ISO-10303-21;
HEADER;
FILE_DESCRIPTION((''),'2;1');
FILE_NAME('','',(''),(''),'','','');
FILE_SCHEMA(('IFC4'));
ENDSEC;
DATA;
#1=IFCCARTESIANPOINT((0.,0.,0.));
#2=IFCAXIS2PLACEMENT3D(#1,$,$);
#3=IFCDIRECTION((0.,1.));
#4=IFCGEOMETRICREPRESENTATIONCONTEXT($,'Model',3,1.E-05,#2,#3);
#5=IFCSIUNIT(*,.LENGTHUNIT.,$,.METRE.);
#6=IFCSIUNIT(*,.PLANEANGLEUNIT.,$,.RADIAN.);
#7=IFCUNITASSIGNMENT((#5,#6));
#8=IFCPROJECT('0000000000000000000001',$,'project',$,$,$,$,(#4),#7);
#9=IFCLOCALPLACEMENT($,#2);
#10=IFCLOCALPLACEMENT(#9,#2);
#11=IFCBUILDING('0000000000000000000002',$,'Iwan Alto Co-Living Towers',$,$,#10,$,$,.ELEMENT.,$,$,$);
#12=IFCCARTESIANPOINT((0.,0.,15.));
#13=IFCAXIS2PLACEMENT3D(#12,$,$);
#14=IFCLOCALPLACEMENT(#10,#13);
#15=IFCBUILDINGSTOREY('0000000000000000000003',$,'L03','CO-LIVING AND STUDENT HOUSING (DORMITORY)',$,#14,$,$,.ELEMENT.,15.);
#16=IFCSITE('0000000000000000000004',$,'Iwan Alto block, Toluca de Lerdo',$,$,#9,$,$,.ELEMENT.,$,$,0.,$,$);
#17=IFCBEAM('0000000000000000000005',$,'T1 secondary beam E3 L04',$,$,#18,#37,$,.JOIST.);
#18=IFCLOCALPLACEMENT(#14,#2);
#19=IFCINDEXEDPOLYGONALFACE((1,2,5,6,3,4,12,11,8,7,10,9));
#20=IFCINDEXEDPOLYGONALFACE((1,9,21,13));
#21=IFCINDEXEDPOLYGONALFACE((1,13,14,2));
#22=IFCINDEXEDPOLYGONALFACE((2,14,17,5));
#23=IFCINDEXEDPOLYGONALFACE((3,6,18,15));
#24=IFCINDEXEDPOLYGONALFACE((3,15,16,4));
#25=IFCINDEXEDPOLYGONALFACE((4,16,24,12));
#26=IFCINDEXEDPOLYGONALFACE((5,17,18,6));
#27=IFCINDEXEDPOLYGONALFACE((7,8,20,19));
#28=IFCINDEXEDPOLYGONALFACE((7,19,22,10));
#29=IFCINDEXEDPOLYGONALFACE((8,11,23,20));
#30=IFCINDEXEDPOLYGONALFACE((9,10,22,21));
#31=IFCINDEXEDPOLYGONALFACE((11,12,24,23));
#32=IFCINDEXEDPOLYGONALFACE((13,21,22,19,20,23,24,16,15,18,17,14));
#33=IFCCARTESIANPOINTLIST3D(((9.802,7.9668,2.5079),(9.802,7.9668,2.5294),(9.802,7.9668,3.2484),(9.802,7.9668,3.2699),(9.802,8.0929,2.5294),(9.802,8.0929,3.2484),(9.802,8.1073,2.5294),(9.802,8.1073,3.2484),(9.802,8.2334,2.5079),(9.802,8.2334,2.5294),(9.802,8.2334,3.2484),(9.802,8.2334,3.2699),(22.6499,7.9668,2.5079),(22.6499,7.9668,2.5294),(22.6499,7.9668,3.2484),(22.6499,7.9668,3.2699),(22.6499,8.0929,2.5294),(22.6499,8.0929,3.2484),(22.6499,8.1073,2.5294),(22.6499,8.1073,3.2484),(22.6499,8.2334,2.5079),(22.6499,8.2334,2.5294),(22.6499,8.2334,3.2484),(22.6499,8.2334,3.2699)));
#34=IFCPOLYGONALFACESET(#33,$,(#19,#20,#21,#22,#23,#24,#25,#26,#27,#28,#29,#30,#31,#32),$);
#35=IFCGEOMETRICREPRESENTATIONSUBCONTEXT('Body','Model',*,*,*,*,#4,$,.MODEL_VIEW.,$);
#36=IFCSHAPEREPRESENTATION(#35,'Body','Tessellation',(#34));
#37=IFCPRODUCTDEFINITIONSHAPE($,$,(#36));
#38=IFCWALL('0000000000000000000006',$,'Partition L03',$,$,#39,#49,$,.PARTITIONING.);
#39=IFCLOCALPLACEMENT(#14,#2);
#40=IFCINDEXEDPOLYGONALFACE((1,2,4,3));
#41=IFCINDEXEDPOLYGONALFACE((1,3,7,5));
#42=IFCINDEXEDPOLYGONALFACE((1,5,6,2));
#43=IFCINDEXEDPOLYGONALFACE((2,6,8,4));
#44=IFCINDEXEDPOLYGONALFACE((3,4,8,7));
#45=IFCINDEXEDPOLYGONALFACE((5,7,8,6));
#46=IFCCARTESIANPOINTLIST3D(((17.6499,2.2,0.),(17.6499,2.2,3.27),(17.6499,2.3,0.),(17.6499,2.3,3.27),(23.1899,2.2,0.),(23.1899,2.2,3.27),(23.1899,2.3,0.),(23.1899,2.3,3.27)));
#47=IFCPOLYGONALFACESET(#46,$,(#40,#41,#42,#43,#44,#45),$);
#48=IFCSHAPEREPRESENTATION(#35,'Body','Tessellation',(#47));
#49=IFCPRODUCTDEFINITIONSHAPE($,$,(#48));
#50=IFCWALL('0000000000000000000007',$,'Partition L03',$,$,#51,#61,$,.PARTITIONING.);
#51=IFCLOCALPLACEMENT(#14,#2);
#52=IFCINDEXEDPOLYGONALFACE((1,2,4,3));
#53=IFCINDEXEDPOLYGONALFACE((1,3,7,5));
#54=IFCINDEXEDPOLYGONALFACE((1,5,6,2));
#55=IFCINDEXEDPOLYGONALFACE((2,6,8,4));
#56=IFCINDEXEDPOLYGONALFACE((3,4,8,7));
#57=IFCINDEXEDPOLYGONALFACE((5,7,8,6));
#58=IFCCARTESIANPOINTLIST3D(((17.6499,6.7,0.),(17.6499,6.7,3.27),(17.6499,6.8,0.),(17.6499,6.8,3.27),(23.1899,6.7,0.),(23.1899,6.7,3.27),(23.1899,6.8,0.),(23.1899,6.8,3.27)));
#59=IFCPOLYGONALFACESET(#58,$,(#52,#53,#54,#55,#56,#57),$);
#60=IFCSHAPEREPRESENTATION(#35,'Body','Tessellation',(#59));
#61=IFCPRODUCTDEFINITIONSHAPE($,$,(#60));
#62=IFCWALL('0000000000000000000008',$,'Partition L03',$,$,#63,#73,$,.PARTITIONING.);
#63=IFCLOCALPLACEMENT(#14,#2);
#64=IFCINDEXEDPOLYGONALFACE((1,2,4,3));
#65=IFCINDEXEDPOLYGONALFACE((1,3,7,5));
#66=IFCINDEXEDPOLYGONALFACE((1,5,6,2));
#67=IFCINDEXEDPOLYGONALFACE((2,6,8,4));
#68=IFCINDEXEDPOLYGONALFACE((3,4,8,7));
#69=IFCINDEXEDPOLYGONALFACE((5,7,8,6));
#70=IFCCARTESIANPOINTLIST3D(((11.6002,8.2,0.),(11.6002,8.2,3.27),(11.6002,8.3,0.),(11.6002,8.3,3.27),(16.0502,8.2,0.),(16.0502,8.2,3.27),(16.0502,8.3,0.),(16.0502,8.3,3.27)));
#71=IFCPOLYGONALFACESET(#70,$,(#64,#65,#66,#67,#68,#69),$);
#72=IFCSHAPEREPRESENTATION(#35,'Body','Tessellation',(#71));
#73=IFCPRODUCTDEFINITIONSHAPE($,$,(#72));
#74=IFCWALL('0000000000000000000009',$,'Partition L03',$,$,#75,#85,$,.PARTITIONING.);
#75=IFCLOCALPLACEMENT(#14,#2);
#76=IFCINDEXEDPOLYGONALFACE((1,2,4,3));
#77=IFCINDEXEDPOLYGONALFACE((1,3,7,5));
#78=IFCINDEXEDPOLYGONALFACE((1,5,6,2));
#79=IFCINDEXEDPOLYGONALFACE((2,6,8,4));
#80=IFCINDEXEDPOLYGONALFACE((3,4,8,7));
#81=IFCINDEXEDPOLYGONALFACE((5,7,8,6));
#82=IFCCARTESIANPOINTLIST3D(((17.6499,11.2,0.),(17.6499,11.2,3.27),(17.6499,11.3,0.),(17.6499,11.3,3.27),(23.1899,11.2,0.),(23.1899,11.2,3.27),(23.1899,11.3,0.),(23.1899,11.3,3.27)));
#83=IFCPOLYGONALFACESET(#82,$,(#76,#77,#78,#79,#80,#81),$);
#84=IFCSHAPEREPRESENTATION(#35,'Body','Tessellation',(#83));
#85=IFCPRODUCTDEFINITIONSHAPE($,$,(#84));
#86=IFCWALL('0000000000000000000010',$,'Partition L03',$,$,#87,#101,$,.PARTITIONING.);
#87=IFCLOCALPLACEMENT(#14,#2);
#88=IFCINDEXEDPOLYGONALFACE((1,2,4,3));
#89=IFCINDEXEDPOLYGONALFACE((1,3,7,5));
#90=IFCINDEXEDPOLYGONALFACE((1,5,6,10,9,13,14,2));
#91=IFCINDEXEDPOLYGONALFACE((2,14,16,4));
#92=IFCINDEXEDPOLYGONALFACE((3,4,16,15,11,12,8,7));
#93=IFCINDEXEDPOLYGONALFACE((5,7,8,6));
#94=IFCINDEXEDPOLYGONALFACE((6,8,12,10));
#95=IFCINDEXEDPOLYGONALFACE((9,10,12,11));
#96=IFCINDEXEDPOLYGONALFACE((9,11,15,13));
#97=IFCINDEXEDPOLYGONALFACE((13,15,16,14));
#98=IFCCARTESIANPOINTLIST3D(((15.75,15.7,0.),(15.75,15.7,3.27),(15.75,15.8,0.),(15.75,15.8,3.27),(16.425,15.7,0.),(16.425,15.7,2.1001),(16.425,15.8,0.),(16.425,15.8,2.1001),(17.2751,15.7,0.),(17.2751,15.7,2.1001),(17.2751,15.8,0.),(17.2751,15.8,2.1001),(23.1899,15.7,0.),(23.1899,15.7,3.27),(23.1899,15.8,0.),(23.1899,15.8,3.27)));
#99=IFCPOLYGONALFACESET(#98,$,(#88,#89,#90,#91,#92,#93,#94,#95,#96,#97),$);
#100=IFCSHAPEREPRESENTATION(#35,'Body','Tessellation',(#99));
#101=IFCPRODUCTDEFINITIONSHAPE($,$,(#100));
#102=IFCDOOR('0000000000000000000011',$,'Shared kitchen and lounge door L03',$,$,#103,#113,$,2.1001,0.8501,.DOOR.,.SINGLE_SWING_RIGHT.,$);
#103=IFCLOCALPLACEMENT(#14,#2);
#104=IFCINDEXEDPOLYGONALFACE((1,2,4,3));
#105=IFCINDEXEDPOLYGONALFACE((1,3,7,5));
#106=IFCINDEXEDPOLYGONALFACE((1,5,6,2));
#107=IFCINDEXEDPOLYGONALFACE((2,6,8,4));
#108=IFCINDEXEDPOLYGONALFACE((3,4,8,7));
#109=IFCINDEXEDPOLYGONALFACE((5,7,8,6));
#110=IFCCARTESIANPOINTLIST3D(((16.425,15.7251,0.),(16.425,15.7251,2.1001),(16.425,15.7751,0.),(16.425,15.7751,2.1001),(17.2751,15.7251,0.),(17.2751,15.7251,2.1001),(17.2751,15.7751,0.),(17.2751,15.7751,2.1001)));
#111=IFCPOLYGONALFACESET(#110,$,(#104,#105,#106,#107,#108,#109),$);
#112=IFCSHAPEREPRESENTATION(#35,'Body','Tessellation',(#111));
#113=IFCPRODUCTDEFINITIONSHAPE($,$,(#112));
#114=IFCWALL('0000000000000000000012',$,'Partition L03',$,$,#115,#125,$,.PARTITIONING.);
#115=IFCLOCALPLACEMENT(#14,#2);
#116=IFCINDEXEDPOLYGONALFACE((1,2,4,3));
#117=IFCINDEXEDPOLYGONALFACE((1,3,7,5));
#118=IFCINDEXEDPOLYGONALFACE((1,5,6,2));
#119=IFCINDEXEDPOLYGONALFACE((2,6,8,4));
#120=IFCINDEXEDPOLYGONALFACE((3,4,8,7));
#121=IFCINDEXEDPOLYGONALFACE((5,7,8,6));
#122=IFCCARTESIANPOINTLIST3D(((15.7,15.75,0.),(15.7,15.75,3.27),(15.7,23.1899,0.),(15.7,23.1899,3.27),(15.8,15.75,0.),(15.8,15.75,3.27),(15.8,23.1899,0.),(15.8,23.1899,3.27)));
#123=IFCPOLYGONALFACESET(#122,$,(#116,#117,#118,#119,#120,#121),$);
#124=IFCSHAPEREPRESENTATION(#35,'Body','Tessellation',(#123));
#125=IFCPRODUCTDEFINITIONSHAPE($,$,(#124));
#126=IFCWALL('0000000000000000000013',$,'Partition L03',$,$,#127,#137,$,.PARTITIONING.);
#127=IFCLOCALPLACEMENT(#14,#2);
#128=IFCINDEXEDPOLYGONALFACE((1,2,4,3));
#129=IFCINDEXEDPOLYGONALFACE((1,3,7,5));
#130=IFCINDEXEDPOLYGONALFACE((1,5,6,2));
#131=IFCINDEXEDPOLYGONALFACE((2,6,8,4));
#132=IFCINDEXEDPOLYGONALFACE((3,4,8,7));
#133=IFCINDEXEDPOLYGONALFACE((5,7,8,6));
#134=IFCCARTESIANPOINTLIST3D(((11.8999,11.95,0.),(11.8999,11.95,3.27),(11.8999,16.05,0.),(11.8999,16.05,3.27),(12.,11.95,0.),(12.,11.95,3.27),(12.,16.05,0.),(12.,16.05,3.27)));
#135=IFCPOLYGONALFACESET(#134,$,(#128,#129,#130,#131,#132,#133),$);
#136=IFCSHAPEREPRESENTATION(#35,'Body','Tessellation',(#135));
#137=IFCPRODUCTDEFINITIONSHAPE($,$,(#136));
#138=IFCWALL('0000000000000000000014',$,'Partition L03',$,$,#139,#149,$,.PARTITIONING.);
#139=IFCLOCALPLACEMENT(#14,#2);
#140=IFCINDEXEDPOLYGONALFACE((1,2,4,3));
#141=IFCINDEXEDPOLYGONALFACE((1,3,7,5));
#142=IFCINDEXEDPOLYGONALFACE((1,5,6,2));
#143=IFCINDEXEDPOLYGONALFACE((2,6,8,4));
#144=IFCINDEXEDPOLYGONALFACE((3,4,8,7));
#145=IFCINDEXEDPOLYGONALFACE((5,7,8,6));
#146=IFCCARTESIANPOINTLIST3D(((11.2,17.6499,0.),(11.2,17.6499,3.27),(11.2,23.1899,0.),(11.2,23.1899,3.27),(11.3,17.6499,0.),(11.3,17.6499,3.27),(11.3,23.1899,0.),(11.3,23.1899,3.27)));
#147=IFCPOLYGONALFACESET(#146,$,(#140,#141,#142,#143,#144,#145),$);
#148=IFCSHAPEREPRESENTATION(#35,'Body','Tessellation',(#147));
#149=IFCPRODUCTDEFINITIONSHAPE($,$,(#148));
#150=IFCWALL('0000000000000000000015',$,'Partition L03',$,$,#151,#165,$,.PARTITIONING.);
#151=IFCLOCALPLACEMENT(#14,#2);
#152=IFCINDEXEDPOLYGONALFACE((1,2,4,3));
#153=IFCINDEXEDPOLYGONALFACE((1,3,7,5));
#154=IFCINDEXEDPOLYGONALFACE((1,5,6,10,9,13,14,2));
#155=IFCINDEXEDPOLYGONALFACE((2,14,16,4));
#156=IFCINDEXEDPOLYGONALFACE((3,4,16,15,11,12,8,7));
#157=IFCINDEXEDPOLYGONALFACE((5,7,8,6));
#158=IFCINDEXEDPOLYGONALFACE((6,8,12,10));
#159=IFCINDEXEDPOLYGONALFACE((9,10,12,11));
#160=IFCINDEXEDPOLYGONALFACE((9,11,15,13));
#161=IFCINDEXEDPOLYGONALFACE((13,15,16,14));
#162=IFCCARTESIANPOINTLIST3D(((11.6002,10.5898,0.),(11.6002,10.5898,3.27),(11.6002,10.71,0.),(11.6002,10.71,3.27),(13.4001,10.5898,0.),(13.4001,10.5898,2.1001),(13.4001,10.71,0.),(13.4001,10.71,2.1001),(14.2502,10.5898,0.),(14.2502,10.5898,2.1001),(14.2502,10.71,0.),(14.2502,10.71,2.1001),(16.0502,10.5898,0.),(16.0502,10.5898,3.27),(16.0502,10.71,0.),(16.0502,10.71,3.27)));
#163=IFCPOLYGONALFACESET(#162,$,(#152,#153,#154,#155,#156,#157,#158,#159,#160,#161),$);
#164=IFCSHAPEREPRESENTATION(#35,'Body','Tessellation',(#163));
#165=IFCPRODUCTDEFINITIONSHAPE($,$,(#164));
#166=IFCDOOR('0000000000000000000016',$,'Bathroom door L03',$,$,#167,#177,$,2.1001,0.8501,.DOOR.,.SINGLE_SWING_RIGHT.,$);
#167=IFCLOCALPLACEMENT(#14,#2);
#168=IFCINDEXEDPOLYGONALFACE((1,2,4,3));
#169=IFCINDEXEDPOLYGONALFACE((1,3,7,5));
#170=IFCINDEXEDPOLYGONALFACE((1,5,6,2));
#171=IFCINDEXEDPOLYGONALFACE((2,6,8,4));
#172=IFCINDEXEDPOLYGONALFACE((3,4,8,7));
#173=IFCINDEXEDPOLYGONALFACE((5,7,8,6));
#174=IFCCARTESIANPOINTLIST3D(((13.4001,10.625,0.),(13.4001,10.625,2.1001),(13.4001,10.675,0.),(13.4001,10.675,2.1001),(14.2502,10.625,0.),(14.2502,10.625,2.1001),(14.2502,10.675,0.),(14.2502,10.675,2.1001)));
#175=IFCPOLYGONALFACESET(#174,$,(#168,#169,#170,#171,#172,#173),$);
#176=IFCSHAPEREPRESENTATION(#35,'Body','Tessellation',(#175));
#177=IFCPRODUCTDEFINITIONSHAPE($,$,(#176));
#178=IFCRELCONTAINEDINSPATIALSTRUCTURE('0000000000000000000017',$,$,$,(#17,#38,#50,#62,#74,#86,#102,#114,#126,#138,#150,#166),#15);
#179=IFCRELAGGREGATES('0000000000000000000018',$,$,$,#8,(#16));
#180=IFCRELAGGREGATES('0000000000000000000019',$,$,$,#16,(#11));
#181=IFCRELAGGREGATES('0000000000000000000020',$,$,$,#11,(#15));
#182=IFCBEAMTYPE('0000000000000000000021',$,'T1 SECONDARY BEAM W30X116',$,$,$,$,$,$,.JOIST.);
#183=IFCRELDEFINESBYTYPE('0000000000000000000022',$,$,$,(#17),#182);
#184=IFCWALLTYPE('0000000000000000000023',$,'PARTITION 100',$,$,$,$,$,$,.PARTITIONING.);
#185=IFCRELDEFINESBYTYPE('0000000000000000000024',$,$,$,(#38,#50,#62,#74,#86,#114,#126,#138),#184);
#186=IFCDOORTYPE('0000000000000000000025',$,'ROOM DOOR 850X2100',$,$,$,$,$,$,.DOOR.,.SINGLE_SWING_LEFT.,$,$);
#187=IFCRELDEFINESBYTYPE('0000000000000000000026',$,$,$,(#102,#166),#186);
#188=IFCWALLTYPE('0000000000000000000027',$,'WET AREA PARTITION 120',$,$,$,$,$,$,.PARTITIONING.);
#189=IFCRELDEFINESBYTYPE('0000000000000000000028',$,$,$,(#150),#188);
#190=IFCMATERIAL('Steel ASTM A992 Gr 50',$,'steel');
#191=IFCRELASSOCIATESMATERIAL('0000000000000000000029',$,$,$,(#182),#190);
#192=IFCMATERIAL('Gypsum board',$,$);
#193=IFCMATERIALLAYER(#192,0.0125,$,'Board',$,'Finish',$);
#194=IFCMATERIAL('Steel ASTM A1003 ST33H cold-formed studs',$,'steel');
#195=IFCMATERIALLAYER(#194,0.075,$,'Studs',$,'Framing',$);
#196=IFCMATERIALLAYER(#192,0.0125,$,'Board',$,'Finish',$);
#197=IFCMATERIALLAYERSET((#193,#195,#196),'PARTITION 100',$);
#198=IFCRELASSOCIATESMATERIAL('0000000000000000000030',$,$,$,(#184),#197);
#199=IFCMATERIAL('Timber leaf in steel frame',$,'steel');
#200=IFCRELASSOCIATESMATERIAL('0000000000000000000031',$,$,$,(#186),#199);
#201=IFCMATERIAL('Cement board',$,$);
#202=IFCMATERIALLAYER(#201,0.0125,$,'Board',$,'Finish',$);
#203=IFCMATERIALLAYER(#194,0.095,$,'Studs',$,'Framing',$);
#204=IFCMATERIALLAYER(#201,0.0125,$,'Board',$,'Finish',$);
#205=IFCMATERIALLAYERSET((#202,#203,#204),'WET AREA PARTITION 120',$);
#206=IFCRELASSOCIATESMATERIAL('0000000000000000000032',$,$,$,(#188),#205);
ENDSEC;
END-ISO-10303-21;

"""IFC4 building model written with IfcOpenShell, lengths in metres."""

from ifc_helpers import new_model, si_unit, direction, frame, frame_2d, origin, origin_2d, place, context, subcontext, project, spatial, rectangle, i_section, extrude, material, layer, layer_set, material_profile, profile_set, type_object, element, fill, save


model = new_model("IFC4")

# Units and contexts
model_context = context("Model", 3, precision=1e-05, world=origin(), true_north=direction((0.0, 1.0)))
body_context = subcontext(model_context, "Body", "Model", "MODEL_VIEW")
ifc_project = project(units=[si_unit("LENGTHUNIT", "METRE"), si_unit("PLANEANGLEUNIT", "RADIAN")], contexts=[model_context])

# Site, building, storey
site_placement = place(None, origin())
site = spatial("IfcSite", under=ifc_project, at=site_placement, Name="Iwan Alto block, Toluca de Lerdo", CompositionType="ELEMENT", RefElevation=0.0)
building_placement = place(site_placement, origin())
building = spatial("IfcBuilding", under=site, at=building_placement, Name="Iwan Alto Co-Living Towers", CompositionType="ELEMENT")
storey_placement = place(building_placement, frame((0.0, 0.0, 15.0)))
storey = spatial("IfcBuildingStorey", under=building, at=storey_placement, Name="L03", Description="CO-LIVING AND STUDENT HOUSING (DORMITORY)", CompositionType="ELEMENT", Elevation=15.0)

# Beam
ifc_material_1 = material(Name="Steel ASTM A992 Gr 50", Category="steel")
ifc_material_profile_1 = material_profile(ifc_material_1, i_section(OverallWidth=0.2666, OverallDepth=0.762, WebThickness=0.0144, FlangeThickness=0.0215, at=origin_2d()), Name="W30X116")
ifc_profile_set_1 = profile_set([ifc_material_profile_1], Name="Steel ASTM A992 Gr 50")
beam_type_1 = type_object("IfcBeamType", Name="T1 SECONDARY BEAM W30X116", PredefinedType="JOIST", material=ifc_profile_set_1)
for number, where, z_axis, x_axis, name in (
    (1, (22.6499, 8.1001, 2.8889), (-1.0, 0.0, 0.0), (0.0, -1.0, 0.0), "T1 secondary beam E3 L04"),
):
    element("IfcBeam", number, at=place(storey_placement, frame(where, z_axis=z_axis, x_axis=x_axis)), inside=storey, type_object=beam_type_1, Name=name, PredefinedType="JOIST", context=body_context, shape_type="SweptSolid", body=[
        extrude(i_section(OverallWidth=0.2666, OverallDepth=0.762, WebThickness=0.0144, FlangeThickness=0.0215, at=origin_2d()), origin(), (0.0, 0.0, 1.0), 12.8479),
    ])

# Walls
ifc_material_2 = material(Name="Gypsum board")
ifc_layer_1 = layer(ifc_material_2, 0.0125, Name="Board", Category="Finish")
ifc_material_3 = material(Name="Steel ASTM A1003 ST33H cold-formed studs", Category="steel")
ifc_layer_2 = layer(ifc_material_3, 0.075, Name="Studs", Category="Framing")
ifc_layer_3 = layer(ifc_material_2, 0.0125, Name="Board", Category="Finish")
ifc_layer_set_1 = layer_set([ifc_layer_1, ifc_layer_2, ifc_layer_3], Name="PARTITION 100")
wall_type_1 = type_object("IfcWallType", Name="PARTITION 100", PredefinedType="PARTITIONING", material=ifc_layer_set_1)
for number, where, z_axis, x_axis, name in (
    (2, (17.6499, 2.25, 0.0), (0.0, 0.0, 1.0), (1.0, 0.0, 0.0), "Partition L03"),
    (3, (17.6499, 6.75, 0.0), (0.0, 0.0, 1.0), (1.0, 0.0, 0.0), "Partition L03"),
):
    element("IfcWall", number, at=place(storey_placement, frame(where, z_axis=z_axis, x_axis=x_axis)), inside=storey, type_object=wall_type_1, Name=name, PredefinedType="PARTITIONING", context=body_context, shape_type="SweptSolid", body=[
        extrude(rectangle(XDim=5.54, YDim=0.1001, at=frame_2d((2.77, 0.0))), origin(), (0.0, 0.0, 1.0), 3.27),
    ])
wall_1_placement = place(storey_placement, frame((11.6001, 8.25, 0.0), z_axis=(0.0, 0.0, 1.0), x_axis=(1.0, 0.0, 0.0)))
element("IfcWall", 4, at=wall_1_placement, inside=storey, type_object=wall_type_1, Name="Partition L03", PredefinedType="PARTITIONING", context=body_context, shape_type="SweptSolid", body=[
    extrude(rectangle(XDim=4.45, YDim=0.1001, at=frame_2d((2.2251, 0.0))), origin(), (0.0, 0.0, 1.0), 3.27),
])
wall_2_placement = place(storey_placement, frame((17.6499, 11.25, 0.0), z_axis=(0.0, 0.0, 1.0), x_axis=(1.0, 0.0, 0.0)))
element("IfcWall", 5, at=wall_2_placement, inside=storey, type_object=wall_type_1, Name="Partition L03", PredefinedType="PARTITIONING", context=body_context, shape_type="SweptSolid", body=[
    extrude(rectangle(XDim=5.54, YDim=0.1001, at=frame_2d((2.77, 0.0))), origin(), (0.0, 0.0, 1.0), 3.27),
])

# Wall, opening, door
wall_3_placement = place(storey_placement, frame((15.75, 15.75, 0.0), z_axis=(0.0, 0.0, 1.0), x_axis=(1.0, 0.0, 0.0)))
wall_3 = element("IfcWall", 6, at=wall_3_placement, inside=storey, type_object=wall_type_1, Name="Partition L03", PredefinedType="PARTITIONING", context=body_context, shape_type="SweptSolid", body=[
    extrude(rectangle(XDim=7.4399, YDim=0.1001, at=frame_2d((3.72, 0.0))), origin(), (0.0, 0.0, 1.0), 3.27),
])
opening_1_placement = place(wall_3_placement, frame((0.675, 0.0, 0.0)))
opening_1 = element("IfcOpeningElement", 7, at=opening_1_placement, cuts=wall_3, PredefinedType="OPENING", context=body_context, shape_type="SweptSolid", body=[
    extrude(rectangle(XDim=0.8501, YDim=2.1001, at=frame_2d((0.425, 1.05))), frame((0.0, 0.0601, 0.0), z_axis=(0.0, -1.0, 0.0), x_axis=(1.0, 0.0, 0.0)), (0.0, 0.0, 1.0), 0.1201),
])
ifc_material_4 = material(Name="Timber leaf in steel frame", Category="steel")
door_type = type_object("IfcDoorType", Name="ROOM DOOR 850X2100", OperationType="SINGLE_SWING_LEFT", PredefinedType="DOOR", material=ifc_material_4)
door_1_placement = place(opening_1_placement, frame((0.8501, 0.0, 0.0), z_axis=(0.0, 0.0, 1.0), x_axis=(-1.0, 0.0, 0.0)))
door_1 = element("IfcDoor", 8, at=door_1_placement, inside=storey, type_object=door_type, Name="Shared kitchen and lounge door L03", OperationType="SINGLE_SWING_RIGHT", OverallHeight=2.1001, OverallWidth=0.8501, PredefinedType="DOOR", context=body_context, shape_type="SweptSolid", body=[
    extrude(rectangle(XDim=0.8501, YDim=2.1001, at=frame_2d((0.425, 1.05))), frame((0.0, 0.0249, 0.0), z_axis=(0.0, -1.0, 0.0), x_axis=(1.0, 0.0, 0.0)), (0.0, 0.0, 1.0), 0.05),
])
fill(opening_1, door_1)

# Walls
wall_4_placement = place(storey_placement, frame((15.75, 15.75, 0.0), z_axis=(0.0, 0.0, 1.0), x_axis=(0.0, 1.0, 0.0)))
element("IfcWall", 9, at=wall_4_placement, inside=storey, type_object=wall_type_1, Name="Partition L03", PredefinedType="PARTITIONING", context=body_context, shape_type="SweptSolid", body=[
    extrude(rectangle(XDim=7.4399, YDim=0.1001, at=frame_2d((3.72, 0.0))), origin(), (0.0, 0.0, 1.0), 3.27),
])
wall_5_placement = place(storey_placement, frame((11.95, 11.95, 0.0), z_axis=(0.0, 0.0, 1.0), x_axis=(0.0, 1.0, 0.0)))
element("IfcWall", 10, at=wall_5_placement, inside=storey, type_object=wall_type_1, Name="Partition L03", PredefinedType="PARTITIONING", context=body_context, shape_type="SweptSolid", body=[
    extrude(rectangle(XDim=4.1001, YDim=0.1001, at=frame_2d((2.05, 0.0))), origin(), (0.0, 0.0, 1.0), 3.27),
])
wall_6_placement = place(storey_placement, frame((11.25, 17.6499, 0.0), z_axis=(0.0, 0.0, 1.0), x_axis=(0.0, 1.0, 0.0)))
element("IfcWall", 11, at=wall_6_placement, inside=storey, type_object=wall_type_1, Name="Partition L03", PredefinedType="PARTITIONING", context=body_context, shape_type="SweptSolid", body=[
    extrude(rectangle(XDim=5.54, YDim=0.1001, at=frame_2d((2.77, 0.0))), origin(), (0.0, 0.0, 1.0), 3.27),
])

# Wall, opening, door
ifc_material_5 = material(Name="Cement board")
ifc_layer_4 = layer(ifc_material_5, 0.0125, Name="Board", Category="Finish")
ifc_layer_5 = layer(ifc_material_3, 0.095, Name="Studs", Category="Framing")
ifc_layer_6 = layer(ifc_material_5, 0.0125, Name="Board", Category="Finish")
ifc_layer_set_2 = layer_set([ifc_layer_4, ifc_layer_5, ifc_layer_6], Name="WET AREA PARTITION 120")
wall_type_2 = type_object("IfcWallType", Name="WET AREA PARTITION 120", PredefinedType="PARTITIONING", material=ifc_layer_set_2)
wall_7_placement = place(storey_placement, frame((11.6001, 10.6499, 0.0), z_axis=(0.0, 0.0, 1.0), x_axis=(1.0, 0.0, 0.0)))
wall_7 = element("IfcWall", 12, at=wall_7_placement, inside=storey, type_object=wall_type_2, Name="Partition L03", PredefinedType="PARTITIONING", context=body_context, shape_type="SweptSolid", body=[
    extrude(rectangle(XDim=4.45, YDim=0.1201, at=frame_2d((2.2251, 0.0))), origin(), (0.0, 0.0, 1.0), 3.27),
])
opening_2_placement = place(wall_7_placement, frame((1.8, 0.0, 0.0)))
opening_2 = element("IfcOpeningElement", 13, at=opening_2_placement, cuts=wall_7, PredefinedType="OPENING", context=body_context, shape_type="SweptSolid", body=[
    extrude(rectangle(XDim=0.8501, YDim=2.1001, at=frame_2d((0.425, 1.05))), frame((0.0, 0.0701, 0.0), z_axis=(0.0, -1.0, 0.0), x_axis=(1.0, 0.0, 0.0)), (0.0, 0.0, 1.0), 0.1401),
])
door_2_placement = place(opening_2_placement, frame((0.8501, 0.0, 0.0), z_axis=(0.0, 0.0, 1.0), x_axis=(-1.0, 0.0, 0.0)))
door_2 = element("IfcDoor", 14, at=door_2_placement, inside=storey, type_object=door_type, Name="Bathroom door L03", OperationType="SINGLE_SWING_RIGHT", OverallHeight=2.1001, OverallWidth=0.8501, PredefinedType="DOOR", context=body_context, shape_type="SweptSolid", body=[
    extrude(rectangle(XDim=0.8501, YDim=2.1001, at=frame_2d((0.425, 1.05))), frame((0.0, 0.0249, 0.0), z_axis=(0.0, -1.0, 0.0), x_axis=(1.0, 0.0, 0.0)), (0.0, 0.0, 1.0), 0.05),
])
fill(opening_2, door_2)

save(model, "model.ifc")
